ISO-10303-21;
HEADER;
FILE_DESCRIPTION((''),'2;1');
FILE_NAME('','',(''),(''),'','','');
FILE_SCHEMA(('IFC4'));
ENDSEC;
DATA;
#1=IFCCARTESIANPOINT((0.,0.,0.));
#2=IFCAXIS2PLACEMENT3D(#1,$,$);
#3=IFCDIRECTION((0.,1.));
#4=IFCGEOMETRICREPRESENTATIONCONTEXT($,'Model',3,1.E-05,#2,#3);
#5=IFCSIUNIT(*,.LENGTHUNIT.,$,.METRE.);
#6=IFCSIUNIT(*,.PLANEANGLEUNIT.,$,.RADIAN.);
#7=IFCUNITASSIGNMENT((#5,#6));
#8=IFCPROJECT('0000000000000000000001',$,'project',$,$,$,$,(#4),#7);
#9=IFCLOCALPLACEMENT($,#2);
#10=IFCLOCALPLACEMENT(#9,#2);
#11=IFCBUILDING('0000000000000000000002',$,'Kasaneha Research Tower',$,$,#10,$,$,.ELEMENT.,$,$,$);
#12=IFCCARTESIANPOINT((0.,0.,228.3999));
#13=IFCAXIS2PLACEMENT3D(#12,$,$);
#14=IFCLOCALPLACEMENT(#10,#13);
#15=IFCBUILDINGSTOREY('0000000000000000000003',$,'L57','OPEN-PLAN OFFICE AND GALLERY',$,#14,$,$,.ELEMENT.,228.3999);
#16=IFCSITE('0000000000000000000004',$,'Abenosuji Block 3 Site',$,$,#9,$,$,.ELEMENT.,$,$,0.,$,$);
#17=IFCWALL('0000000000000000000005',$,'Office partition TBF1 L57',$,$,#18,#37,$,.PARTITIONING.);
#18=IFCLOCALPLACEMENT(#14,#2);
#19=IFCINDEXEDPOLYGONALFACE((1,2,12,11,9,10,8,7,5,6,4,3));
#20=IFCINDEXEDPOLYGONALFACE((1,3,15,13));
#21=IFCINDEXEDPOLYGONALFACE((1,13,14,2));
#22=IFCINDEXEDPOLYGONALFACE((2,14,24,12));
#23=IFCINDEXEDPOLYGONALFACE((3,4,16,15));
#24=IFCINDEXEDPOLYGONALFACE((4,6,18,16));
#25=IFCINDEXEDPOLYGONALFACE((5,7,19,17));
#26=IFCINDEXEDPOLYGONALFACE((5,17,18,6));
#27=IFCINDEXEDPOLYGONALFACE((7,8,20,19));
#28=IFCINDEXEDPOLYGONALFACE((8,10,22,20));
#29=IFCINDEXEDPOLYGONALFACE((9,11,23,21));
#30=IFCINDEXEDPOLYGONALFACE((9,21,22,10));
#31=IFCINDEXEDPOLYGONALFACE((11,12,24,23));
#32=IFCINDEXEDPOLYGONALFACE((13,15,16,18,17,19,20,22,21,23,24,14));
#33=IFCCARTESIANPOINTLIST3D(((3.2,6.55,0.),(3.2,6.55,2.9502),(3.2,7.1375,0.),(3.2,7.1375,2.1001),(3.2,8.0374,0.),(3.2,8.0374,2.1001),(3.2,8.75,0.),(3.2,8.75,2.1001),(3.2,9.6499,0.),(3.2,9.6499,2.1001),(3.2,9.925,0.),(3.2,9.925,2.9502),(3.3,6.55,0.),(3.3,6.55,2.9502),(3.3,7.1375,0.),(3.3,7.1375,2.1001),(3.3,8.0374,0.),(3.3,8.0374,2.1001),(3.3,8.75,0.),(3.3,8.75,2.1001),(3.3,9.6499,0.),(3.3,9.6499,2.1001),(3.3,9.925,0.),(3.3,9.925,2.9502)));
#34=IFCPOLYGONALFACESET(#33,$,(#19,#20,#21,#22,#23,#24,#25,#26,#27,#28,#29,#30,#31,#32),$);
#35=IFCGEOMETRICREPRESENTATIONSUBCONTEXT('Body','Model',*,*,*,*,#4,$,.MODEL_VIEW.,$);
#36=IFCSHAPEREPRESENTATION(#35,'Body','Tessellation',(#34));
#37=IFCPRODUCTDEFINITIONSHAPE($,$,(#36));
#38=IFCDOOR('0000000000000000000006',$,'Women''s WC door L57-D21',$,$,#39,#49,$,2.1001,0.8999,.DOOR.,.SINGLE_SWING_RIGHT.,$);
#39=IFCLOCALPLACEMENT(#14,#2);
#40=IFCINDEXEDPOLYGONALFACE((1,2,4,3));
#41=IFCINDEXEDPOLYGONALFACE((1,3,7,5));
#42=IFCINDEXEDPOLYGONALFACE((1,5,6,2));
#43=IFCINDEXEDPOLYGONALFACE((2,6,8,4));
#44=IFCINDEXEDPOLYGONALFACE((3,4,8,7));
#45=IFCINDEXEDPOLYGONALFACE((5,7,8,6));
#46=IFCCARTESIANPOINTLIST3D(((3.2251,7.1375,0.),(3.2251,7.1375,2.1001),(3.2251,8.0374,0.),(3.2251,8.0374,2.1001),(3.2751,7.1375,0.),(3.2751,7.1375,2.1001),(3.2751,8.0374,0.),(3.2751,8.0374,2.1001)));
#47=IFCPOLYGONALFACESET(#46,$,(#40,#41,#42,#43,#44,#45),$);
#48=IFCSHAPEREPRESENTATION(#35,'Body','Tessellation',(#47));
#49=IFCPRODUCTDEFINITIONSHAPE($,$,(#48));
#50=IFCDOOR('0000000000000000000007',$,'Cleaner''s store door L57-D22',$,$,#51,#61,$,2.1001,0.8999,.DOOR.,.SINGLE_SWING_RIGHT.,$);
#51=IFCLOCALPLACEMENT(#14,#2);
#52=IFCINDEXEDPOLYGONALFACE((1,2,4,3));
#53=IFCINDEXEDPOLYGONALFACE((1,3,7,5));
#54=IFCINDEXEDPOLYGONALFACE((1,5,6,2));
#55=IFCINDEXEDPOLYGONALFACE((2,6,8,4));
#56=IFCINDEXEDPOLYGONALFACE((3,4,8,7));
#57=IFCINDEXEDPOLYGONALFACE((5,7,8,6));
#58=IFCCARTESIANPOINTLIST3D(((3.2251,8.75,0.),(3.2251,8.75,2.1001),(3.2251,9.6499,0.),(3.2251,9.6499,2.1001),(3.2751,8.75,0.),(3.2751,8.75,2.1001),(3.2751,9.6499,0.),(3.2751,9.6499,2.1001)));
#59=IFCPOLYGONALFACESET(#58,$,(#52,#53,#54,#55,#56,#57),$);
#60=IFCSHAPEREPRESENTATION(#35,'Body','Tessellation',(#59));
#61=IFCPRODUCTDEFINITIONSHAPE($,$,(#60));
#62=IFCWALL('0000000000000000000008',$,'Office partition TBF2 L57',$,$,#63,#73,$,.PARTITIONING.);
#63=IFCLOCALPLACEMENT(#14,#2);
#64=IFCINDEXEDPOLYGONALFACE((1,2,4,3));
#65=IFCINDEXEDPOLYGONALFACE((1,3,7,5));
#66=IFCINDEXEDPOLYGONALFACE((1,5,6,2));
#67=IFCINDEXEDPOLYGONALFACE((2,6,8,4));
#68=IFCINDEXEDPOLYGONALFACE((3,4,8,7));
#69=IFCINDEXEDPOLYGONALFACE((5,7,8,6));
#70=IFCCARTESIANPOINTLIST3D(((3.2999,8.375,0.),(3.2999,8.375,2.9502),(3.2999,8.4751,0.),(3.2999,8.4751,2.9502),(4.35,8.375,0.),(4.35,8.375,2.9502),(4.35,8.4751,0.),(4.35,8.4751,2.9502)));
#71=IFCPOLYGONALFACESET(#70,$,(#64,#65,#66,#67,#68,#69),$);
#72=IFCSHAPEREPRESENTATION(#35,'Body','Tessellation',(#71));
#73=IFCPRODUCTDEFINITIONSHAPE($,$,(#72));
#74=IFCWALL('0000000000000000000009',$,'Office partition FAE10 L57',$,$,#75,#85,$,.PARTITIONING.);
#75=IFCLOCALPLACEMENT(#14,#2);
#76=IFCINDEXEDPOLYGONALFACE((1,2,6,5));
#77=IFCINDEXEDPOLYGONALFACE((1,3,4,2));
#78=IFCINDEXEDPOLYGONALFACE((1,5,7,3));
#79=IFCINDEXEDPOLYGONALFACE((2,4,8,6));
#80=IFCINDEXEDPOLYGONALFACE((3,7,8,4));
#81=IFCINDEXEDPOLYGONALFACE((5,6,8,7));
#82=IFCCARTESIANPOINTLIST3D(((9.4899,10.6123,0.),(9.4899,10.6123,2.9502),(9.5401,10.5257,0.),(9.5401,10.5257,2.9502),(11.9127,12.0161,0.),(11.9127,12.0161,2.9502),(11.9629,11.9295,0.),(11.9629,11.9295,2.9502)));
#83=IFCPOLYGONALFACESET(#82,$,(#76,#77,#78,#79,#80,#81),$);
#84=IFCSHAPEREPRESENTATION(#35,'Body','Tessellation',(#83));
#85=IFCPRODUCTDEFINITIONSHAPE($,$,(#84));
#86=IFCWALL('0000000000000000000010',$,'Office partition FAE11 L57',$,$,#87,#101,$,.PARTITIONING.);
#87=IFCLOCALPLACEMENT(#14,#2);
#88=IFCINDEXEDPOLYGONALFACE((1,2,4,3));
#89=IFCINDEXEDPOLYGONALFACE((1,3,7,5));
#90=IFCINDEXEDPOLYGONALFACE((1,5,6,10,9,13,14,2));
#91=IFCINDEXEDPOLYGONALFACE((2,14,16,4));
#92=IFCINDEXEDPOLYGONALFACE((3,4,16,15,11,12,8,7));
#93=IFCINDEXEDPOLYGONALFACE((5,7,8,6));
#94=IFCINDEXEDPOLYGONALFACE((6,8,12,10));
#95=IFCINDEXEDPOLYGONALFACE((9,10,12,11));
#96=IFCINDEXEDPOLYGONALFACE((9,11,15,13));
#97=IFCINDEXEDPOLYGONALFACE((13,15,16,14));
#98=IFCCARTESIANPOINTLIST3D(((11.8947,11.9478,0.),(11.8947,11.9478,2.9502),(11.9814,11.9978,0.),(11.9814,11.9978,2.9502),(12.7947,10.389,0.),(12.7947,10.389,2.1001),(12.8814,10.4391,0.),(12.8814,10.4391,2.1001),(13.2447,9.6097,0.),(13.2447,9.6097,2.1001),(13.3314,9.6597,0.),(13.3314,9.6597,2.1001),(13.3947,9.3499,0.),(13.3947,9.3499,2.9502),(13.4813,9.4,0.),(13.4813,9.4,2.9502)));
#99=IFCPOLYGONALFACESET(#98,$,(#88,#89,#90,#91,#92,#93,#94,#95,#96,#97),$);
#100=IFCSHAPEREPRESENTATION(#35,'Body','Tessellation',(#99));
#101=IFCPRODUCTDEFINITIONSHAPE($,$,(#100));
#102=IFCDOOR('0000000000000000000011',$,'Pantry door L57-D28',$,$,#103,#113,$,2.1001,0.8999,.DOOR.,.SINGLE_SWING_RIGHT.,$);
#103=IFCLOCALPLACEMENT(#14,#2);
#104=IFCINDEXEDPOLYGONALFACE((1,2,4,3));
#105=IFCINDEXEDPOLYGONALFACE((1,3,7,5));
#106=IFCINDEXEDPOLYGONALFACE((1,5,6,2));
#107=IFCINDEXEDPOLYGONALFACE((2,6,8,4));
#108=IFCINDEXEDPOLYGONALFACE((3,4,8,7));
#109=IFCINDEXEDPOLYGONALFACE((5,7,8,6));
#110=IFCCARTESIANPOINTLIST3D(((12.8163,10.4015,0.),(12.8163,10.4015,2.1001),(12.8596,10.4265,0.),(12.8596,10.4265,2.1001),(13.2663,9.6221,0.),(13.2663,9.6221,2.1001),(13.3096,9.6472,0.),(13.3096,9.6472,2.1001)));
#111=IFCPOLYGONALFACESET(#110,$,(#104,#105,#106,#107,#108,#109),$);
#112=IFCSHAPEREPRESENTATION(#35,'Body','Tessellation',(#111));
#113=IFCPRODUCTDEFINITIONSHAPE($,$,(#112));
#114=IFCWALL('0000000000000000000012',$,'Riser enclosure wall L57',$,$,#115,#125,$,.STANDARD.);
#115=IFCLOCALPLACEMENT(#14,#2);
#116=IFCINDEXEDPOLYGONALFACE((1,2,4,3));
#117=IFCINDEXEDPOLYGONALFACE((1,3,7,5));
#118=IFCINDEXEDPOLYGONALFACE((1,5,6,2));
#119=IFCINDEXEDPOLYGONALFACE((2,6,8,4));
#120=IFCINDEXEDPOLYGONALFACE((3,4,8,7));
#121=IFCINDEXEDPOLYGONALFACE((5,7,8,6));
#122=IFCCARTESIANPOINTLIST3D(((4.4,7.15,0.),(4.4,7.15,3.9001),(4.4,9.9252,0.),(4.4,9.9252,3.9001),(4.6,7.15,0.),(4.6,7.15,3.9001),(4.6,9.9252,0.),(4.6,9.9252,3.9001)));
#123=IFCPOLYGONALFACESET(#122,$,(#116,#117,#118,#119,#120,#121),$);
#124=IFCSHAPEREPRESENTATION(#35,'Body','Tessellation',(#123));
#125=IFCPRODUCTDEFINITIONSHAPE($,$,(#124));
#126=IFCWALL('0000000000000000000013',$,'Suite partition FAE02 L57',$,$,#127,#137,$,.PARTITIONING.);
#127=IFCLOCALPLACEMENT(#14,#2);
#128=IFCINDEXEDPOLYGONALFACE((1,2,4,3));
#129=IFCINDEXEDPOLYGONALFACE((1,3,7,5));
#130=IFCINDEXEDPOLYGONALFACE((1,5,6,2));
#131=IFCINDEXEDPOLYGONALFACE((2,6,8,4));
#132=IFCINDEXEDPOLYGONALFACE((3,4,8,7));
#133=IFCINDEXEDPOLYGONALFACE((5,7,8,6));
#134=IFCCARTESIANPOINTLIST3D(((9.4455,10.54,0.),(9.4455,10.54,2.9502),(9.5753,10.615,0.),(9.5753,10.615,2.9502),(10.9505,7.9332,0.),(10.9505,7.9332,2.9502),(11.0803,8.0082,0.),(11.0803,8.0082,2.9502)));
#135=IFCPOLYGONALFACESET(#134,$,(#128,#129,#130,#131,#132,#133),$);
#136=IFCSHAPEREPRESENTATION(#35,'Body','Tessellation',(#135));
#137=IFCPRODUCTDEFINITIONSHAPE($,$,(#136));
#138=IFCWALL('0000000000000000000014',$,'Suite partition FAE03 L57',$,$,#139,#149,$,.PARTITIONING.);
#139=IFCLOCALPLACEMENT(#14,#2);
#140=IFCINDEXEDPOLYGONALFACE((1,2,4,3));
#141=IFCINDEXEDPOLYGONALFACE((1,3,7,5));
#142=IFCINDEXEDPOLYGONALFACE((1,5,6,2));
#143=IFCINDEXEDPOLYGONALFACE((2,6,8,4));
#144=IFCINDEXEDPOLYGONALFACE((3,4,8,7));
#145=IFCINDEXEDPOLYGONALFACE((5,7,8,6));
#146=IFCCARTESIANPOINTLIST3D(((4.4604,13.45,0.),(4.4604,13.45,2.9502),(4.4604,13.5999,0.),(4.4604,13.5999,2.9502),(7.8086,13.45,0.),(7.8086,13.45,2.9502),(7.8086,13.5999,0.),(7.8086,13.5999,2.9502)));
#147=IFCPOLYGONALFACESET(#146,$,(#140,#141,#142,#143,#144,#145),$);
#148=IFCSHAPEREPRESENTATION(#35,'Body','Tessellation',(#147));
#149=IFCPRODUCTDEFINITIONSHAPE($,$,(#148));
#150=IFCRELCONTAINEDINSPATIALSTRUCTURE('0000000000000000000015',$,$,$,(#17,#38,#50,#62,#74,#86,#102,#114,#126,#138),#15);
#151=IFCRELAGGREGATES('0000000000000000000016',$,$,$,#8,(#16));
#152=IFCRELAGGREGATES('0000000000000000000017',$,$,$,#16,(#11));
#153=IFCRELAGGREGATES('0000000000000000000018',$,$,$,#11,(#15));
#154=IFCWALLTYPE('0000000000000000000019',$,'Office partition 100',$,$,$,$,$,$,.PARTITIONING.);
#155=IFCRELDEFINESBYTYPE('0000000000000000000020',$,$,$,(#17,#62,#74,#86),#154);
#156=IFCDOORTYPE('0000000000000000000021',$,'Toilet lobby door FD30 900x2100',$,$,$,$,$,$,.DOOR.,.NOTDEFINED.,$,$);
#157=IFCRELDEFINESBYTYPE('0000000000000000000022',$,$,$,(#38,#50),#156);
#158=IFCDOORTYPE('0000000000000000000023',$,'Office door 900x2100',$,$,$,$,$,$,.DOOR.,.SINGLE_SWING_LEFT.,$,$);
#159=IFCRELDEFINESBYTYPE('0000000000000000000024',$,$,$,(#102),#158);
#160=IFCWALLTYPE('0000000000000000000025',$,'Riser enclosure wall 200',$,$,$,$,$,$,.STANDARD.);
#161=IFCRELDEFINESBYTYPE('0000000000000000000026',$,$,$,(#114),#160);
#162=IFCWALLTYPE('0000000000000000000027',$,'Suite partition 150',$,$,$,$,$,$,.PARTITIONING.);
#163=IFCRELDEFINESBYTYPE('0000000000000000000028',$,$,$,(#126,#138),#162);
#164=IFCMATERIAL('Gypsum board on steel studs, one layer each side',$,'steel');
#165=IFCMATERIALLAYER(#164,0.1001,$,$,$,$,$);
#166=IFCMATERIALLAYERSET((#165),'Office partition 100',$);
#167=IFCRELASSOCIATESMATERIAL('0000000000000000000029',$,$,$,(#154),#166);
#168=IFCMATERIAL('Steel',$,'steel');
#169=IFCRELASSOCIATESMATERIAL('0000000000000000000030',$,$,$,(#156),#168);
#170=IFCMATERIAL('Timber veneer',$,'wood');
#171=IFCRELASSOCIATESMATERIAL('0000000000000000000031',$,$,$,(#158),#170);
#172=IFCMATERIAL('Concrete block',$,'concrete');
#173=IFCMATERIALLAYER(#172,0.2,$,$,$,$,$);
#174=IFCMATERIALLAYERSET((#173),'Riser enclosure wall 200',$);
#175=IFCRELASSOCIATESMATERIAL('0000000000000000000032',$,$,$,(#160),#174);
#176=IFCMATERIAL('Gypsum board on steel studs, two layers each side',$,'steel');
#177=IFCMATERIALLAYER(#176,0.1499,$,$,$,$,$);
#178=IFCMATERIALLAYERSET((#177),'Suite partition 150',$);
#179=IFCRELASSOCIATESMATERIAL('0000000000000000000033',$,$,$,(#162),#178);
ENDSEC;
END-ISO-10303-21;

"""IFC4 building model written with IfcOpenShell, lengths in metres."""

from ifc_helpers import new_model, si_unit, direction, frame, frame_2d, origin, place, context, subcontext, project, spatial, rectangle, extrude, material, layer, layer_set, type_object, element, fill, save


model = new_model("IFC4")

# Units and contexts
model_context = context("Model", 3, precision=1e-05, world=origin(), true_north=direction((0.0, 1.0)))
body_context = subcontext(model_context, "Body", "Model", "MODEL_VIEW")
ifc_project = project(units=[si_unit("LENGTHUNIT", "METRE"), si_unit("PLANEANGLEUNIT", "RADIAN")], contexts=[model_context])

# Site, building, storey
site_placement = place(None, origin())
site = spatial("IfcSite", under=ifc_project, at=site_placement, Name="Abenosuji Block 3 Site", CompositionType="ELEMENT", RefElevation=0.0)
building_placement = place(site_placement, origin())
building = spatial("IfcBuilding", under=site, at=building_placement, Name="Kasaneha Research Tower", CompositionType="ELEMENT")
storey_placement = place(building_placement, frame((0.0, 0.0, 228.3999)))
storey = spatial("IfcBuildingStorey", under=building, at=storey_placement, Name="L57", Description="OPEN-PLAN OFFICE AND GALLERY", CompositionType="ELEMENT", Elevation=228.3999)

# Wall, openings, doors
ifc_material_1 = material(Name="Gypsum board on steel studs, one layer each side", Category="steel")
ifc_layer_1 = layer(ifc_material_1, 0.1001)
ifc_layer_set_1 = layer_set([ifc_layer_1], Name="Office partition 100")
wall_type_1 = type_object("IfcWallType", Name="Office partition 100", PredefinedType="PARTITIONING", material=ifc_layer_set_1)
wall_1_placement = place(storey_placement, frame((3.25, 6.55, 0.0), z_axis=(0.0, 0.0, 1.0), x_axis=(0.0, 1.0, 0.0)))
wall_1 = element("IfcWall", 1, at=wall_1_placement, inside=storey, type_object=wall_type_1, Name="Office partition TBF1 L57", PredefinedType="PARTITIONING", context=body_context, shape_type="SweptSolid", body=[
    extrude(rectangle(XDim=3.375, YDim=0.1001, at=frame_2d((1.6875, 0.0))), origin(), (0.0, 0.0, 1.0), 2.9502),
])
opening_1_placement = place(wall_1_placement, frame((0.5874, 0.0, 0.0)))
opening_1 = element("IfcOpeningElement", 2, at=opening_1_placement, cuts=wall_1, PredefinedType="OPENING", context=body_context, shape_type="SweptSolid", body=[
    extrude(rectangle(XDim=0.8999, YDim=2.1001, at=frame_2d((0.45, 1.05))), frame((0.0, 0.0601, 0.0), z_axis=(0.0, -1.0, 0.0), x_axis=(1.0, 0.0, 0.0)), (0.0, 0.0, 1.0), 0.1201),
])
opening_2_placement = place(wall_1_placement, frame((2.2, 0.0, 0.0)))
opening_2 = element("IfcOpeningElement", 3, at=opening_2_placement, cuts=wall_1, PredefinedType="OPENING", context=body_context, shape_type="SweptSolid", body=[
    extrude(rectangle(XDim=0.8999, YDim=2.1001, at=frame_2d((0.45, 1.05))), frame((0.0, 0.0601, 0.0), z_axis=(0.0, -1.0, 0.0), x_axis=(1.0, 0.0, 0.0)), (0.0, 0.0, 1.0), 0.1201),
])
ifc_material_2 = material(Name="Steel", Category="steel")
door_type_1 = type_object("IfcDoorType", Name="Toilet lobby door FD30 900x2100", OperationType="NOTDEFINED", PredefinedType="DOOR", material=ifc_material_2)
door_1_placement = place(opening_1_placement, origin())
door_1 = element("IfcDoor", 4, at=door_1_placement, inside=storey, type_object=door_type_1, Name="Women's WC door L57-D21", OperationType="SINGLE_SWING_RIGHT", OverallHeight=2.1001, OverallWidth=0.8999, PredefinedType="DOOR", context=body_context, shape_type="SweptSolid", body=[
    extrude(rectangle(XDim=0.8999, YDim=2.1001, at=frame_2d((0.45, 1.05))), frame((0.0, 0.0249, 0.0), z_axis=(0.0, -1.0, 0.0), x_axis=(1.0, 0.0, 0.0)), (0.0, 0.0, 1.0), 0.05),
])
fill(opening_1, door_1)
door_2_placement = place(opening_2_placement, origin())
door_2 = element("IfcDoor", 5, at=door_2_placement, inside=storey, type_object=door_type_1, Name="Cleaner's store door L57-D22", OperationType="SINGLE_SWING_RIGHT", OverallHeight=2.1001, OverallWidth=0.8999, PredefinedType="DOOR", context=body_context, shape_type="SweptSolid", body=[
    extrude(rectangle(XDim=0.8999, YDim=2.1001, at=frame_2d((0.45, 1.05))), frame((0.0, 0.0249, 0.0), z_axis=(0.0, -1.0, 0.0), x_axis=(1.0, 0.0, 0.0)), (0.0, 0.0, 1.0), 0.05),
])
fill(opening_2, door_2)

# Walls
wall_2_placement = place(storey_placement, frame((3.3, 8.425, 0.0), z_axis=(0.0, 0.0, 1.0), x_axis=(1.0, 0.0, 0.0)))
element("IfcWall", 6, at=wall_2_placement, inside=storey, type_object=wall_type_1, Name="Office partition TBF2 L57", PredefinedType="PARTITIONING", context=body_context, shape_type="SweptSolid", body=[
    extrude(rectangle(XDim=1.05, YDim=0.1001, at=frame_2d((0.5249, 0.0))), origin(), (0.0, 0.0, 1.0), 2.9502),
])
wall_3_placement = place(storey_placement, frame((9.5151, 10.5691, 0.0), z_axis=(0.0, 0.0, 1.0), x_axis=(0.865255, 0.501332, 0.0)))
element("IfcWall", 7, at=wall_3_placement, inside=storey, type_object=wall_type_1, Name="Office partition FAE10 L57", PredefinedType="PARTITIONING", context=body_context, shape_type="SweptSolid", body=[
    extrude(rectangle(XDim=2.8, YDim=0.1001, at=frame_2d((1.3999, 0.0))), origin(), (0.0, 0.0, 1.0), 2.9502),
])

# Wall, opening, door
wall_4_placement = place(storey_placement, frame((11.938, 11.9729, 0.0), z_axis=(0.0, 0.0, 1.0), x_axis=(0.500025, -0.866011, 0.0)))
wall_4 = element("IfcWall", 8, at=wall_4_placement, inside=storey, type_object=wall_type_1, Name="Office partition FAE11 L57", PredefinedType="PARTITIONING", context=body_context, shape_type="SweptSolid", body=[
    extrude(rectangle(XDim=2.9998, YDim=0.1001, at=frame_2d((1.5, 0.0))), origin(), (0.0, 0.0, 1.0), 2.9502),
])
opening_3_placement = place(wall_4_placement, frame((1.8, 0.0, 0.0)))
opening_3 = element("IfcOpeningElement", 9, at=opening_3_placement, cuts=wall_4, PredefinedType="OPENING", context=body_context, shape_type="SweptSolid", body=[
    extrude(rectangle(XDim=0.8999, YDim=2.1001, at=frame_2d((0.45, 1.05))), frame((0.0, 0.0601, 0.0), z_axis=(0.0, -1.0, 0.0), x_axis=(1.0, 0.0, 0.0)), (0.0, 0.0, 1.0), 0.1201),
])
ifc_material_3 = material(Name="Timber veneer", Category="wood")
door_type_2 = type_object("IfcDoorType", Name="Office door 900x2100", OperationType="SINGLE_SWING_LEFT", PredefinedType="DOOR", material=ifc_material_3)
door_3_placement = place(opening_3_placement, origin())
door_3 = element("IfcDoor", 10, at=door_3_placement, inside=storey, type_object=door_type_2, Name="Pantry door L57-D28", OperationType="SINGLE_SWING_RIGHT", OverallHeight=2.1001, OverallWidth=0.8999, PredefinedType="DOOR", context=body_context, shape_type="SweptSolid", body=[
    extrude(rectangle(XDim=0.8999, YDim=2.1001, at=frame_2d((0.45, 1.05))), frame((0.0, 0.0249, 0.0), z_axis=(0.0, -1.0, 0.0), x_axis=(1.0, 0.0, 0.0)), (0.0, 0.0, 1.0), 0.05),
])
fill(opening_3, door_3)

# Walls
ifc_material_4 = material(Name="Concrete block", Category="concrete")
ifc_layer_2 = layer(ifc_material_4, 0.2)
ifc_layer_set_2 = layer_set([ifc_layer_2], Name="Riser enclosure wall 200")
wall_type_2 = type_object("IfcWallType", Name="Riser enclosure wall 200", PredefinedType="STANDARD", material=ifc_layer_set_2)
wall_5_placement = place(storey_placement, frame((4.5, 7.1499, 0.0), z_axis=(0.0, 0.0, 1.0), x_axis=(0.0, 1.0, 0.0)))
element("IfcWall", 11, at=wall_5_placement, inside=storey, type_object=wall_type_2, Name="Riser enclosure wall L57", PredefinedType="STANDARD", context=body_context, shape_type="SweptSolid", body=[
    extrude(rectangle(XDim=2.7751, YDim=0.2, at=frame_2d((1.3877, 0.0))), origin(), (0.0, 0.0, 1.0), 3.9001),
])
ifc_material_5 = material(Name="Gypsum board on steel studs, two layers each side", Category="steel")
ifc_layer_3 = layer(ifc_material_5, 0.1499)
ifc_layer_set_3 = layer_set([ifc_layer_3], Name="Suite partition 150")
wall_type_3 = type_object("IfcWallType", Name="Suite partition 150", PredefinedType="PARTITIONING", material=ifc_layer_set_3)
wall_6_placement = place(storey_placement, frame((9.5105, 10.5774, 0.0), z_axis=(0.0, 0.0, 1.0), x_axis=(0.499978, -0.866038, 0.0)))
element("IfcWall", 12, at=wall_6_placement, inside=storey, type_object=wall_type_3, Name="Suite partition FAE02 L57", PredefinedType="PARTITIONING", context=body_context, shape_type="SweptSolid", body=[
    extrude(rectangle(XDim=3.01, YDim=0.1499, at=frame_2d((1.5049, 0.0))), origin(), (0.0, 0.0, 1.0), 2.9502),
])
wall_7_placement = place(storey_placement, frame((4.4604, 13.5249, 0.0), z_axis=(0.0, 0.0, 1.0), x_axis=(1.0, 0.0, 0.0)))
element("IfcWall", 13, at=wall_7_placement, inside=storey, type_object=wall_type_3, Name="Suite partition FAE03 L57", PredefinedType="PARTITIONING", context=body_context, shape_type="SweptSolid", body=[
    extrude(rectangle(XDim=3.3481, YDim=0.1499, at=frame_2d((1.6741, 0.0))), origin(), (0.0, 0.0, 1.0), 2.9502),
])

save(model, "model.ifc")
